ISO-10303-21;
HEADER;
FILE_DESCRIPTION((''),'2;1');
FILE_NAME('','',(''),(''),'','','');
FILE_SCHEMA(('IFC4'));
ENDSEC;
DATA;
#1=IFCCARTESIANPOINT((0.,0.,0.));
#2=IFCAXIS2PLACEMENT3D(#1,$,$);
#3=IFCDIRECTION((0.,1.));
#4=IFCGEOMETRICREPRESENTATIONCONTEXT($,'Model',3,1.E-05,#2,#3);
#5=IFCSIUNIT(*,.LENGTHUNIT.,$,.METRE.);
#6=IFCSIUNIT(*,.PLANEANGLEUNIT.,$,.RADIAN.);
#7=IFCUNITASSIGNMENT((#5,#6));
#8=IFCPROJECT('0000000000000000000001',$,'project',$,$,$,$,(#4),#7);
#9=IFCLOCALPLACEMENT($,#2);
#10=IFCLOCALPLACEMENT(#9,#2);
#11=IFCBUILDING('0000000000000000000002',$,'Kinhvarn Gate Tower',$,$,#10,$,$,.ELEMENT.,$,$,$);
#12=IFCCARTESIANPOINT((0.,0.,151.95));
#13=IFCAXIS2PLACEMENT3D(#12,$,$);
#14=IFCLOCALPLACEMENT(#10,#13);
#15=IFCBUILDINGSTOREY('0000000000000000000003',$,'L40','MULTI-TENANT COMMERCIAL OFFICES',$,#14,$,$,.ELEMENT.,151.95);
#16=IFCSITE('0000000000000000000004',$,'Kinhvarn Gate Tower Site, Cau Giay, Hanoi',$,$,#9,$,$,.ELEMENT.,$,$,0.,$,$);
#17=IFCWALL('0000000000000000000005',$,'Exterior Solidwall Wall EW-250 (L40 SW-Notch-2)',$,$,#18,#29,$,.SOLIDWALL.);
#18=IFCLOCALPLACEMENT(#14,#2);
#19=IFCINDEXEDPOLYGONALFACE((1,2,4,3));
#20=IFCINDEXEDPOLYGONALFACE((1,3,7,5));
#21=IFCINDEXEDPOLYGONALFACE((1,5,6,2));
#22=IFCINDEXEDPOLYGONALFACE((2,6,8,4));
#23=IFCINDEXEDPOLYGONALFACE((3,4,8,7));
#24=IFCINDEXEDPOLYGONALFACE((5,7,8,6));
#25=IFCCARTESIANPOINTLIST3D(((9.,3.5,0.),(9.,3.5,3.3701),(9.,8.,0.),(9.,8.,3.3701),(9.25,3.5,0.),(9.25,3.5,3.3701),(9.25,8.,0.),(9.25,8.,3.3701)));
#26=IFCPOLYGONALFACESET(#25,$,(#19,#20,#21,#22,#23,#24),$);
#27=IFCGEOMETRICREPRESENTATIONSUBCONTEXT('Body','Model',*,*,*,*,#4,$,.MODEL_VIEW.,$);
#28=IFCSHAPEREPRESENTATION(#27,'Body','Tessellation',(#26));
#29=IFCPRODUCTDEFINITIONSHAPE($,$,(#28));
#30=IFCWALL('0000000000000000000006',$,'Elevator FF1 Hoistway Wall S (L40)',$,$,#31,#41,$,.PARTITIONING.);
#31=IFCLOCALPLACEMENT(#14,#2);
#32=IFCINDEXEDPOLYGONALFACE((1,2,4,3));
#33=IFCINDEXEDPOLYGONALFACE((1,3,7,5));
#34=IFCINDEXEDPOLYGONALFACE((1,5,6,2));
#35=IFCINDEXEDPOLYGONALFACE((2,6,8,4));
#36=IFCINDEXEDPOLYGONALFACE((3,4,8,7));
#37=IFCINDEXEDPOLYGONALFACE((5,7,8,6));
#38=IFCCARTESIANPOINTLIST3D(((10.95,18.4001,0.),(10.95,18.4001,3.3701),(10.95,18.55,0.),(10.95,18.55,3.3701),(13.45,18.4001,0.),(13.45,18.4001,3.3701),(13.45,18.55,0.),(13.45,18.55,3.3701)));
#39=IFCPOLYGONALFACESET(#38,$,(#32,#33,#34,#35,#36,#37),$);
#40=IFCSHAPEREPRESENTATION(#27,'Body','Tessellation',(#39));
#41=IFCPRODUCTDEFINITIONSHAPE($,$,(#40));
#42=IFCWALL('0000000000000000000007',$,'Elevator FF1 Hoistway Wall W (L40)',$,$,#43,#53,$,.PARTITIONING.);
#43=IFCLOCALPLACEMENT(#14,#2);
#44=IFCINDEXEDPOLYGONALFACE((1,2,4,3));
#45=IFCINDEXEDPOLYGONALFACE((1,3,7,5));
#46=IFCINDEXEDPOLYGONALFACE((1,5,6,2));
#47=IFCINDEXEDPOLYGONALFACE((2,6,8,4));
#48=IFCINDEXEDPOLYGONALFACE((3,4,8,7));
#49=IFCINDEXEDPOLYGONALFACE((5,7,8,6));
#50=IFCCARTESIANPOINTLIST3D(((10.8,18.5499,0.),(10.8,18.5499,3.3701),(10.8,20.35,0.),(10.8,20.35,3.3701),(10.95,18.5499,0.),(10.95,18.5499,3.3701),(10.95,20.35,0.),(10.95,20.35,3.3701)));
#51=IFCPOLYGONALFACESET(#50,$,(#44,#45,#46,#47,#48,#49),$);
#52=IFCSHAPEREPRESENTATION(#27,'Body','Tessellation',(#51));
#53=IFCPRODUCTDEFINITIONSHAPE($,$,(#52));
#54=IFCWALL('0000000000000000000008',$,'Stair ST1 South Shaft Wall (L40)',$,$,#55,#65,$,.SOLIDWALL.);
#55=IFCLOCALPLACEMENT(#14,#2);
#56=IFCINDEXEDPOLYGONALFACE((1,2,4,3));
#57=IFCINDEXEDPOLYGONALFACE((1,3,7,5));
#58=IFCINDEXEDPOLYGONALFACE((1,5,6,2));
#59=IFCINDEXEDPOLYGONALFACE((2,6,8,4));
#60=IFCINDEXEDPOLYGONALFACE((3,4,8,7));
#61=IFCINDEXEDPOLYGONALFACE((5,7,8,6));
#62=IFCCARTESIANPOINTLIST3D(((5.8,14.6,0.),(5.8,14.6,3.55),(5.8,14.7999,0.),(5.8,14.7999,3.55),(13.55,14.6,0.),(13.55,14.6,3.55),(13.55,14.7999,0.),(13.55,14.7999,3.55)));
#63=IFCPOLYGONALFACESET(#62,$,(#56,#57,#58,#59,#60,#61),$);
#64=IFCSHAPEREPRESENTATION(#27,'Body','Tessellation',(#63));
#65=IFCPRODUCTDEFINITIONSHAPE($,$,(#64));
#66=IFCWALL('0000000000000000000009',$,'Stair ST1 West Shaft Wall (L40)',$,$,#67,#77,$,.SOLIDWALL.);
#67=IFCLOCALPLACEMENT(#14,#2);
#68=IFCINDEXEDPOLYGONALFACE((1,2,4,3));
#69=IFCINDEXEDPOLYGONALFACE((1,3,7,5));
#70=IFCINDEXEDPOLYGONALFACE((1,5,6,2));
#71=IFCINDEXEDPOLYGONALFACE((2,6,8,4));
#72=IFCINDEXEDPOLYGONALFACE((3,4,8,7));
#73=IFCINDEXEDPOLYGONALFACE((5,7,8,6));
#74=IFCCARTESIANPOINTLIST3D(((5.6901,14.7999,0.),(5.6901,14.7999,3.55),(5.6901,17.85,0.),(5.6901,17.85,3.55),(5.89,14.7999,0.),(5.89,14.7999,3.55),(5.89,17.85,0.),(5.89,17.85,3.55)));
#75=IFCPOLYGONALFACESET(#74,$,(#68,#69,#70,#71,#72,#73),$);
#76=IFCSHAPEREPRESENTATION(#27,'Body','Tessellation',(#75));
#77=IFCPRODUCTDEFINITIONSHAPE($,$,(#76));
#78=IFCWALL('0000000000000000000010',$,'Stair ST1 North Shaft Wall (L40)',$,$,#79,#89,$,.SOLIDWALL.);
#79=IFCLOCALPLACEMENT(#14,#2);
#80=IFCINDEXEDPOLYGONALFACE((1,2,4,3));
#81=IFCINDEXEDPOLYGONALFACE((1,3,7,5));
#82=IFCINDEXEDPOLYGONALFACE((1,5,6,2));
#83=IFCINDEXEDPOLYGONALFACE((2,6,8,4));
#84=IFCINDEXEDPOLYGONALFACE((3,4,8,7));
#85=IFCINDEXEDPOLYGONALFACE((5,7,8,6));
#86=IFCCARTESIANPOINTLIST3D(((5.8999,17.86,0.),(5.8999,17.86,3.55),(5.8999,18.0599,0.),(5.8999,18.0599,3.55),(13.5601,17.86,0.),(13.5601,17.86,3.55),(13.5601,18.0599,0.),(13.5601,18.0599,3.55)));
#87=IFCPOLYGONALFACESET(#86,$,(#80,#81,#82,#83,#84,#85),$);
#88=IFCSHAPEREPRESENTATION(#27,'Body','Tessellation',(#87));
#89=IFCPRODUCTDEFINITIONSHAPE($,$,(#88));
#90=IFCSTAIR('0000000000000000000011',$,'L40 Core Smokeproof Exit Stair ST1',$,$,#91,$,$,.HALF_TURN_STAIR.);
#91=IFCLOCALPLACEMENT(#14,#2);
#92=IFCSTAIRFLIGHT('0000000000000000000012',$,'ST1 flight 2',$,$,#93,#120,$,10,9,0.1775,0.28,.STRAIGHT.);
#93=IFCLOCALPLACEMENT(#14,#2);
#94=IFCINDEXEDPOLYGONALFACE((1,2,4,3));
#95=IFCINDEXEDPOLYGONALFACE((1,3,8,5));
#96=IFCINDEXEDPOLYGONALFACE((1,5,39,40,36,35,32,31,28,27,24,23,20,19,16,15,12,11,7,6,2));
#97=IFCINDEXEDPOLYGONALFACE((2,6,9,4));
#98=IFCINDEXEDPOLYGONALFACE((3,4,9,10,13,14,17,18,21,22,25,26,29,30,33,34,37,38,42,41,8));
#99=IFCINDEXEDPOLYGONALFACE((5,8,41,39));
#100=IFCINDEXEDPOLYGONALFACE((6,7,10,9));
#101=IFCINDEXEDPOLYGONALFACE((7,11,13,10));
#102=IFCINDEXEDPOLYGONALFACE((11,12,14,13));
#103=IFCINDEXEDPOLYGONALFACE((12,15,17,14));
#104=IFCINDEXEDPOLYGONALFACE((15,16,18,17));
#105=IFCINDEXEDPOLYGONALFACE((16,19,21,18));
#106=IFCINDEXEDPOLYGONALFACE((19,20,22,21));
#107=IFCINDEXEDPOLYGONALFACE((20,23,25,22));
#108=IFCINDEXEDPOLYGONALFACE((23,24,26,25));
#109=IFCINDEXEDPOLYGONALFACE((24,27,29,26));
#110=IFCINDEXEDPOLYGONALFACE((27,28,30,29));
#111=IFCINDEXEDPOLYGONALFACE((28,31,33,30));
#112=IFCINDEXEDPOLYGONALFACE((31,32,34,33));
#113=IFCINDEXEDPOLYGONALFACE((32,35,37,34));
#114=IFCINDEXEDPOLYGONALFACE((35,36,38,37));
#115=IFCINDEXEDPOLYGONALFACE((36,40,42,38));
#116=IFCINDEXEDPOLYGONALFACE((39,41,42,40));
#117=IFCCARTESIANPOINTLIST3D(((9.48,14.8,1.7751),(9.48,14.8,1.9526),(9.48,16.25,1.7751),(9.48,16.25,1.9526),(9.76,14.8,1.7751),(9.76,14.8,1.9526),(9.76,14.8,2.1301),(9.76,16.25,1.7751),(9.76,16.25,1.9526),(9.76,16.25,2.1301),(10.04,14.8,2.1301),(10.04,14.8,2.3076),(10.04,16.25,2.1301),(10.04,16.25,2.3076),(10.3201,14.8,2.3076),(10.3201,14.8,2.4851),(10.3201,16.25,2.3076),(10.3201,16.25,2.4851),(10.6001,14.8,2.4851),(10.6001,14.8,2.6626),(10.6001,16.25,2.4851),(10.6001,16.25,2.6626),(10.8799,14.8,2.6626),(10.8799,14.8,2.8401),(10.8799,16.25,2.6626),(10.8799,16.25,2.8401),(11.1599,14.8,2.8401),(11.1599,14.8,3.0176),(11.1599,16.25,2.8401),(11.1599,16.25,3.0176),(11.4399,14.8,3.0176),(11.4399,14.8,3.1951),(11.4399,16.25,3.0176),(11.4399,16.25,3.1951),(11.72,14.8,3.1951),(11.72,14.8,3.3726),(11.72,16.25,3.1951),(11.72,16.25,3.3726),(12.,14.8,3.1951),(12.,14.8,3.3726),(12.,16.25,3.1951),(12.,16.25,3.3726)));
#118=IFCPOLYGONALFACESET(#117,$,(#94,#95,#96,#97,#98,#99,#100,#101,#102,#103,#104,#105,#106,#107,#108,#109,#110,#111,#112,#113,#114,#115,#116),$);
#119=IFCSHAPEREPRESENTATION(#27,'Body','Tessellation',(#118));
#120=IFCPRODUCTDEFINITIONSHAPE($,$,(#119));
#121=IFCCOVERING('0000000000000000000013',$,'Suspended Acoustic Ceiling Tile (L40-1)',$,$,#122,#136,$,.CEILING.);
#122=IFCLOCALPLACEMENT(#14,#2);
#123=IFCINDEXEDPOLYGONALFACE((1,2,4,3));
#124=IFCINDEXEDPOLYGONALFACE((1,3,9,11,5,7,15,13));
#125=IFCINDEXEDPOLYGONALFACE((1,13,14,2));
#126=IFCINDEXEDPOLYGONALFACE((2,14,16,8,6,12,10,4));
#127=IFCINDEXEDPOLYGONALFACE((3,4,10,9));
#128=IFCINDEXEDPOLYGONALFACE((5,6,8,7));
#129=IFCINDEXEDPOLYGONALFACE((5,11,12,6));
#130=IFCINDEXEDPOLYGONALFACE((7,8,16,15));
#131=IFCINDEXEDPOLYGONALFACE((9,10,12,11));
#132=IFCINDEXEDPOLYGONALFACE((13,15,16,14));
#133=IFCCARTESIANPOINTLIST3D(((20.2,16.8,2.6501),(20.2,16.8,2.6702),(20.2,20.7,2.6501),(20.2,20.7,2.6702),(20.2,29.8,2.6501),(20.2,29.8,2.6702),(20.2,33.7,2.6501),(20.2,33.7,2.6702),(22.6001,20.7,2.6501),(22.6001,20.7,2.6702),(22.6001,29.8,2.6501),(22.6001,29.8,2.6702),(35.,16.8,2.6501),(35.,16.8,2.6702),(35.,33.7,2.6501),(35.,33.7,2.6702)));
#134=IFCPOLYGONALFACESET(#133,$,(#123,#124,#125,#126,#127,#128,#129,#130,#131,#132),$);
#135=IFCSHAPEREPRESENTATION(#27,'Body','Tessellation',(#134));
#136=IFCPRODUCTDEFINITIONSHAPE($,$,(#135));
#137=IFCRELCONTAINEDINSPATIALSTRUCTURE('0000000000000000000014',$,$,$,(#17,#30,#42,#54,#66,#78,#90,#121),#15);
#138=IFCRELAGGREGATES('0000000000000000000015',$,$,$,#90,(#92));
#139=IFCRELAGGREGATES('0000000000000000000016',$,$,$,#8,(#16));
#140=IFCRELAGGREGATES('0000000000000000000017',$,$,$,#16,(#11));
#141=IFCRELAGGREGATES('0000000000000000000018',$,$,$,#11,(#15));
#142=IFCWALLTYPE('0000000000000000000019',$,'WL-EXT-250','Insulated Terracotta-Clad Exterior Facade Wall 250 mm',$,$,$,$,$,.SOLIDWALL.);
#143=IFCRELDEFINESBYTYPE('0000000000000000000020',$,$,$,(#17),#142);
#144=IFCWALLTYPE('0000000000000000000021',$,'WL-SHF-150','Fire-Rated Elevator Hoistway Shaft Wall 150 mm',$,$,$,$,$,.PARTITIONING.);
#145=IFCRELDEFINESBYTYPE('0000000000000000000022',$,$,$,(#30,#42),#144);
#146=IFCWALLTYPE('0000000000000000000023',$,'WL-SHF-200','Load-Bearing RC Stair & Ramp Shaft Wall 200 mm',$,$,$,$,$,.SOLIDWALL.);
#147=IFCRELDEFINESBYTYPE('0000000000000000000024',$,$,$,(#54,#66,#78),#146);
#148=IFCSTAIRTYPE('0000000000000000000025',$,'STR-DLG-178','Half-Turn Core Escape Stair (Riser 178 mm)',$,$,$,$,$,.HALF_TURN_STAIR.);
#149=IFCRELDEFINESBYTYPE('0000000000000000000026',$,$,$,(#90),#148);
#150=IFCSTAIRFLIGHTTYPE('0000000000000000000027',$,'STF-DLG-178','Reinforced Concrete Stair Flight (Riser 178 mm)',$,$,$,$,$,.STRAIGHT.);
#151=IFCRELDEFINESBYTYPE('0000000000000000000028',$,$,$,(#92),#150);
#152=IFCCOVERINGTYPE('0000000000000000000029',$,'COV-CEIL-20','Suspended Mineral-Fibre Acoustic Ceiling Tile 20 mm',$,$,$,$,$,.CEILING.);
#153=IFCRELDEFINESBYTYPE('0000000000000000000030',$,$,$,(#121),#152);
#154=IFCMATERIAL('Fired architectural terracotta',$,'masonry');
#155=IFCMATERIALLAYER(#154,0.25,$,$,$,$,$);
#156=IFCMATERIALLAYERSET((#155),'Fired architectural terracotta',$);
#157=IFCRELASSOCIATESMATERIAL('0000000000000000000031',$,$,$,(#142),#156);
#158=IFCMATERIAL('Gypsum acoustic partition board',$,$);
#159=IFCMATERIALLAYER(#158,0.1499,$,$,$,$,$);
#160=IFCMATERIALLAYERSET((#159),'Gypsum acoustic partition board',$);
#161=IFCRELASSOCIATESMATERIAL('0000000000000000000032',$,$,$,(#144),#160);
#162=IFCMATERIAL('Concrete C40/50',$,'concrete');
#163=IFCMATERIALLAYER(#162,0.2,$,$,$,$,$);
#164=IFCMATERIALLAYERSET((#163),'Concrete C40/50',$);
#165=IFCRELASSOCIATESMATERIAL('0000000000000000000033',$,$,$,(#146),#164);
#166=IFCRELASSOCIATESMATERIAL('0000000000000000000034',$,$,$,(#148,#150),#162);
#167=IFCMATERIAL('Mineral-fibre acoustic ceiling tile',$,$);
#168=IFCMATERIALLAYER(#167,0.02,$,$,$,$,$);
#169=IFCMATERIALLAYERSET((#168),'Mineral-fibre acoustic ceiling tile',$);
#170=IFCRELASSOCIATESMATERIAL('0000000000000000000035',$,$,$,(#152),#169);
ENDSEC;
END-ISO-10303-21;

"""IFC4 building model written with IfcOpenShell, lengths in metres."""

from ifc_helpers import new_model, si_unit, direction, frame, frame_2d, origin, place, context, subcontext, project, spatial, polyline, rectangle, outline, extrude, material, layer, layer_set, type_object, element, aggregate, save


model = new_model("IFC4")

# Units and contexts
model_context = context("Model", 3, precision=1e-05, world=origin(), true_north=direction((0.0, 1.0)))
body_context = subcontext(model_context, "Body", "Model", "MODEL_VIEW")
ifc_project = project(units=[si_unit("LENGTHUNIT", "METRE"), si_unit("PLANEANGLEUNIT", "RADIAN")], contexts=[model_context])

# Site, building, storey
site_placement = place(None, origin())
site = spatial("IfcSite", under=ifc_project, at=site_placement, Name="Kinhvarn Gate Tower Site, Cau Giay, Hanoi", CompositionType="ELEMENT", RefElevation=0.0)
building_placement = place(site_placement, origin())
building = spatial("IfcBuilding", under=site, at=building_placement, Name="Kinhvarn Gate Tower", CompositionType="ELEMENT")
storey_placement = place(building_placement, frame((0.0, 0.0, 151.95)))
storey = spatial("IfcBuildingStorey", under=building, at=storey_placement, Name="L40", Description="MULTI-TENANT COMMERCIAL OFFICES", CompositionType="ELEMENT", Elevation=151.95)

# Shared definitions
ifc_material_1 = material(Name="Fired architectural terracotta", Category="masonry")
ifc_layer_1 = layer(ifc_material_1, 0.25)
ifc_layer_set_1 = layer_set([ifc_layer_1], Name="Fired architectural terracotta")
wall_type_1 = type_object("IfcWallType", Name="WL-EXT-250", Description="Insulated Terracotta-Clad Exterior Facade Wall 250 mm", PredefinedType="SOLIDWALL", material=ifc_layer_set_1)

# Walls
wall_1_placement = place(storey_placement, frame((9.125, 8.0, 0.0), z_axis=(0.0, 0.0, 1.0), x_axis=(0.0, -1.0, 0.0)))
element("IfcWall", 1, at=wall_1_placement, inside=storey, type_object=wall_type_1, Name="Exterior Solidwall Wall EW-250 (L40 SW-Notch-2)", PredefinedType="SOLIDWALL", context=body_context, shape_type="SweptSolid", body=[
    extrude(rectangle(XDim=4.5, YDim=0.25, at=frame_2d((2.25, 0.0))), origin(), (0.0, 0.0, 1.0), 3.3701),
])
ifc_material_2 = material(Name="Gypsum acoustic partition board")
ifc_layer_2 = layer(ifc_material_2, 0.1499)
ifc_layer_set_2 = layer_set([ifc_layer_2], Name="Gypsum acoustic partition board")
wall_type_2 = type_object("IfcWallType", Name="WL-SHF-150", Description="Fire-Rated Elevator Hoistway Shaft Wall 150 mm", PredefinedType="PARTITIONING", material=ifc_layer_set_2)
wall_2_placement = place(storey_placement, frame((10.95, 18.4751, 0.0), z_axis=(0.0, 0.0, 1.0), x_axis=(1.0, 0.0, 0.0)))
element("IfcWall", 2, at=wall_2_placement, inside=storey, type_object=wall_type_2, Name="Elevator FF1 Hoistway Wall S (L40)", PredefinedType="PARTITIONING", context=body_context, shape_type="SweptSolid", body=[
    extrude(rectangle(XDim=2.5, YDim=0.1499, at=frame_2d((1.25, 0.0))), origin(), (0.0, 0.0, 1.0), 3.3701),
])
wall_3_placement = place(storey_placement, frame((10.875, 18.55, 0.0), z_axis=(0.0, 0.0, 1.0), x_axis=(0.0, 1.0, 0.0)))
element("IfcWall", 3, at=wall_3_placement, inside=storey, type_object=wall_type_2, Name="Elevator FF1 Hoistway Wall W (L40)", PredefinedType="PARTITIONING", context=body_context, shape_type="SweptSolid", body=[
    extrude(rectangle(XDim=1.8, YDim=0.1499, at=frame_2d((0.8999, 0.0))), origin(), (0.0, 0.0, 1.0), 3.3701),
])
ifc_material_3 = material(Name="Concrete C40/50", Category="concrete")
ifc_layer_3 = layer(ifc_material_3, 0.2)
ifc_layer_set_3 = layer_set([ifc_layer_3], Name="Concrete C40/50")
wall_type_3 = type_object("IfcWallType", Name="WL-SHF-200", Description="Load-Bearing RC Stair & Ramp Shaft Wall 200 mm", PredefinedType="SOLIDWALL", material=ifc_layer_set_3)
wall_4_placement = place(storey_placement, frame((5.8, 14.7, 0.0), z_axis=(0.0, 0.0, 1.0), x_axis=(1.0, 0.0, 0.0)))
element("IfcWall", 4, at=wall_4_placement, inside=storey, type_object=wall_type_3, Name="Stair ST1 South Shaft Wall (L40)", PredefinedType="SOLIDWALL", context=body_context, shape_type="SweptSolid", body=[
    extrude(rectangle(XDim=7.75, YDim=0.2, at=frame_2d((3.875, 0.0))), origin(), (0.0, 0.0, 1.0), 3.55),
])
wall_5_placement = place(storey_placement, frame((5.79, 14.8, 0.0), z_axis=(0.0, 0.0, 1.0), x_axis=(0.0, 1.0, 0.0)))
element("IfcWall", 5, at=wall_5_placement, inside=storey, type_object=wall_type_3, Name="Stair ST1 West Shaft Wall (L40)", PredefinedType="SOLIDWALL", context=body_context, shape_type="SweptSolid", body=[
    extrude(rectangle(XDim=3.05, YDim=0.2, at=frame_2d((1.5249, 0.0))), origin(), (0.0, 0.0, 1.0), 3.55),
])
wall_6_placement = place(storey_placement, frame((5.8999, 17.96, 0.0), z_axis=(0.0, 0.0, 1.0), x_axis=(1.0, 0.0, 0.0)))
element("IfcWall", 6, at=wall_6_placement, inside=storey, type_object=wall_type_3, Name="Stair ST1 North Shaft Wall (L40)", PredefinedType="SOLIDWALL", context=body_context, shape_type="SweptSolid", body=[
    extrude(rectangle(XDim=7.6602, YDim=0.2, at=frame_2d((3.8301, 0.0))), origin(), (0.0, 0.0, 1.0), 3.55),
])

# Stair, stair flight
stair_type = type_object("IfcStairType", Name="STR-DLG-178", Description="Half-Turn Core Escape Stair (Riser 178 mm)", PredefinedType="HALF_TURN_STAIR", material=ifc_material_3)
stair_placement = place(storey_placement, origin())
stair = element("IfcStair", 7, at=stair_placement, inside=storey, type_object=stair_type, Name="L40 Core Smokeproof Exit Stair ST1", PredefinedType="HALF_TURN_STAIR")
stair_flight_type = type_object("IfcStairFlightType", Name="STF-DLG-178", Description="Reinforced Concrete Stair Flight (Riser 178 mm)", PredefinedType="STRAIGHT", material=ifc_material_3)
stair_flight_placement = place(storey_placement, frame((9.48, 15.5249, 1.7751), z_axis=(0.0, 0.0, 1.0), x_axis=(1.0, 0.0, 0.0)))
stair_flight = element("IfcStairFlight", 8, at=stair_flight_placement, type_object=stair_flight_type, Name="ST1 flight 2", NumberOfRisers=10, NumberOfTreads=9, PredefinedType="STRAIGHT", RiserHeight=0.1775, TreadLength=0.28, context=body_context, shape_type="SweptSolid", body=[
    extrude(outline(polyline([(0.0, 0.0), (0.0, 0.1775), (0.28, 0.1775), (0.28, 0.355), (0.5601, 0.355), (0.5601, 0.5325), (0.8401, 0.5325), (0.8401, 0.71), (1.1201, 0.71), (1.1201, 0.8875), (1.3999, 0.8875), (1.3999, 1.0649), (1.6799, 1.0649), (1.6799, 1.2424), (1.96, 1.2424), (1.96, 1.4199), (2.24, 1.4199), (2.24, 1.5974), (2.52, 1.5974), (2.52, 1.7749), (2.52, 1.4199), (0.28, 0.0), (0.0, 0.0)])), frame((0.0, 0.7251, 0.0), z_axis=(0.0, -1.0, 0.0), x_axis=(1.0, 0.0, 0.0)), (0.0, 0.0, 1.0), 1.45),
])
aggregate(stair, [stair_flight])

# Covering
ifc_material_4 = material(Name="Mineral-fibre acoustic ceiling tile")
ifc_layer_4 = layer(ifc_material_4, 0.02)
ifc_layer_set_4 = layer_set([ifc_layer_4], Name="Mineral-fibre acoustic ceiling tile")
covering_type = type_object("IfcCoveringType", Name="COV-CEIL-20", Description="Suspended Mineral-Fibre Acoustic Ceiling Tile 20 mm", PredefinedType="CEILING", material=ifc_layer_set_4)
covering_placement = place(storey_placement, frame((0.0, 0.0, 2.6501)))
element("IfcCovering", 9, at=covering_placement, inside=storey, type_object=covering_type, Name="Suspended Acoustic Ceiling Tile (L40-1)", PredefinedType="CEILING", context=body_context, shape_type="SweptSolid", body=[
    extrude(outline(polyline([(35.0, 33.7), (35.0, 16.8), (20.2, 16.8), (20.2, 20.7), (22.6001, 20.7), (22.6001, 29.8), (20.2, 29.8), (20.2, 33.7), (35.0, 33.7)])), origin(), (0.0, 0.0, 1.0), 0.02),
])

save(model, "model.ifc")
